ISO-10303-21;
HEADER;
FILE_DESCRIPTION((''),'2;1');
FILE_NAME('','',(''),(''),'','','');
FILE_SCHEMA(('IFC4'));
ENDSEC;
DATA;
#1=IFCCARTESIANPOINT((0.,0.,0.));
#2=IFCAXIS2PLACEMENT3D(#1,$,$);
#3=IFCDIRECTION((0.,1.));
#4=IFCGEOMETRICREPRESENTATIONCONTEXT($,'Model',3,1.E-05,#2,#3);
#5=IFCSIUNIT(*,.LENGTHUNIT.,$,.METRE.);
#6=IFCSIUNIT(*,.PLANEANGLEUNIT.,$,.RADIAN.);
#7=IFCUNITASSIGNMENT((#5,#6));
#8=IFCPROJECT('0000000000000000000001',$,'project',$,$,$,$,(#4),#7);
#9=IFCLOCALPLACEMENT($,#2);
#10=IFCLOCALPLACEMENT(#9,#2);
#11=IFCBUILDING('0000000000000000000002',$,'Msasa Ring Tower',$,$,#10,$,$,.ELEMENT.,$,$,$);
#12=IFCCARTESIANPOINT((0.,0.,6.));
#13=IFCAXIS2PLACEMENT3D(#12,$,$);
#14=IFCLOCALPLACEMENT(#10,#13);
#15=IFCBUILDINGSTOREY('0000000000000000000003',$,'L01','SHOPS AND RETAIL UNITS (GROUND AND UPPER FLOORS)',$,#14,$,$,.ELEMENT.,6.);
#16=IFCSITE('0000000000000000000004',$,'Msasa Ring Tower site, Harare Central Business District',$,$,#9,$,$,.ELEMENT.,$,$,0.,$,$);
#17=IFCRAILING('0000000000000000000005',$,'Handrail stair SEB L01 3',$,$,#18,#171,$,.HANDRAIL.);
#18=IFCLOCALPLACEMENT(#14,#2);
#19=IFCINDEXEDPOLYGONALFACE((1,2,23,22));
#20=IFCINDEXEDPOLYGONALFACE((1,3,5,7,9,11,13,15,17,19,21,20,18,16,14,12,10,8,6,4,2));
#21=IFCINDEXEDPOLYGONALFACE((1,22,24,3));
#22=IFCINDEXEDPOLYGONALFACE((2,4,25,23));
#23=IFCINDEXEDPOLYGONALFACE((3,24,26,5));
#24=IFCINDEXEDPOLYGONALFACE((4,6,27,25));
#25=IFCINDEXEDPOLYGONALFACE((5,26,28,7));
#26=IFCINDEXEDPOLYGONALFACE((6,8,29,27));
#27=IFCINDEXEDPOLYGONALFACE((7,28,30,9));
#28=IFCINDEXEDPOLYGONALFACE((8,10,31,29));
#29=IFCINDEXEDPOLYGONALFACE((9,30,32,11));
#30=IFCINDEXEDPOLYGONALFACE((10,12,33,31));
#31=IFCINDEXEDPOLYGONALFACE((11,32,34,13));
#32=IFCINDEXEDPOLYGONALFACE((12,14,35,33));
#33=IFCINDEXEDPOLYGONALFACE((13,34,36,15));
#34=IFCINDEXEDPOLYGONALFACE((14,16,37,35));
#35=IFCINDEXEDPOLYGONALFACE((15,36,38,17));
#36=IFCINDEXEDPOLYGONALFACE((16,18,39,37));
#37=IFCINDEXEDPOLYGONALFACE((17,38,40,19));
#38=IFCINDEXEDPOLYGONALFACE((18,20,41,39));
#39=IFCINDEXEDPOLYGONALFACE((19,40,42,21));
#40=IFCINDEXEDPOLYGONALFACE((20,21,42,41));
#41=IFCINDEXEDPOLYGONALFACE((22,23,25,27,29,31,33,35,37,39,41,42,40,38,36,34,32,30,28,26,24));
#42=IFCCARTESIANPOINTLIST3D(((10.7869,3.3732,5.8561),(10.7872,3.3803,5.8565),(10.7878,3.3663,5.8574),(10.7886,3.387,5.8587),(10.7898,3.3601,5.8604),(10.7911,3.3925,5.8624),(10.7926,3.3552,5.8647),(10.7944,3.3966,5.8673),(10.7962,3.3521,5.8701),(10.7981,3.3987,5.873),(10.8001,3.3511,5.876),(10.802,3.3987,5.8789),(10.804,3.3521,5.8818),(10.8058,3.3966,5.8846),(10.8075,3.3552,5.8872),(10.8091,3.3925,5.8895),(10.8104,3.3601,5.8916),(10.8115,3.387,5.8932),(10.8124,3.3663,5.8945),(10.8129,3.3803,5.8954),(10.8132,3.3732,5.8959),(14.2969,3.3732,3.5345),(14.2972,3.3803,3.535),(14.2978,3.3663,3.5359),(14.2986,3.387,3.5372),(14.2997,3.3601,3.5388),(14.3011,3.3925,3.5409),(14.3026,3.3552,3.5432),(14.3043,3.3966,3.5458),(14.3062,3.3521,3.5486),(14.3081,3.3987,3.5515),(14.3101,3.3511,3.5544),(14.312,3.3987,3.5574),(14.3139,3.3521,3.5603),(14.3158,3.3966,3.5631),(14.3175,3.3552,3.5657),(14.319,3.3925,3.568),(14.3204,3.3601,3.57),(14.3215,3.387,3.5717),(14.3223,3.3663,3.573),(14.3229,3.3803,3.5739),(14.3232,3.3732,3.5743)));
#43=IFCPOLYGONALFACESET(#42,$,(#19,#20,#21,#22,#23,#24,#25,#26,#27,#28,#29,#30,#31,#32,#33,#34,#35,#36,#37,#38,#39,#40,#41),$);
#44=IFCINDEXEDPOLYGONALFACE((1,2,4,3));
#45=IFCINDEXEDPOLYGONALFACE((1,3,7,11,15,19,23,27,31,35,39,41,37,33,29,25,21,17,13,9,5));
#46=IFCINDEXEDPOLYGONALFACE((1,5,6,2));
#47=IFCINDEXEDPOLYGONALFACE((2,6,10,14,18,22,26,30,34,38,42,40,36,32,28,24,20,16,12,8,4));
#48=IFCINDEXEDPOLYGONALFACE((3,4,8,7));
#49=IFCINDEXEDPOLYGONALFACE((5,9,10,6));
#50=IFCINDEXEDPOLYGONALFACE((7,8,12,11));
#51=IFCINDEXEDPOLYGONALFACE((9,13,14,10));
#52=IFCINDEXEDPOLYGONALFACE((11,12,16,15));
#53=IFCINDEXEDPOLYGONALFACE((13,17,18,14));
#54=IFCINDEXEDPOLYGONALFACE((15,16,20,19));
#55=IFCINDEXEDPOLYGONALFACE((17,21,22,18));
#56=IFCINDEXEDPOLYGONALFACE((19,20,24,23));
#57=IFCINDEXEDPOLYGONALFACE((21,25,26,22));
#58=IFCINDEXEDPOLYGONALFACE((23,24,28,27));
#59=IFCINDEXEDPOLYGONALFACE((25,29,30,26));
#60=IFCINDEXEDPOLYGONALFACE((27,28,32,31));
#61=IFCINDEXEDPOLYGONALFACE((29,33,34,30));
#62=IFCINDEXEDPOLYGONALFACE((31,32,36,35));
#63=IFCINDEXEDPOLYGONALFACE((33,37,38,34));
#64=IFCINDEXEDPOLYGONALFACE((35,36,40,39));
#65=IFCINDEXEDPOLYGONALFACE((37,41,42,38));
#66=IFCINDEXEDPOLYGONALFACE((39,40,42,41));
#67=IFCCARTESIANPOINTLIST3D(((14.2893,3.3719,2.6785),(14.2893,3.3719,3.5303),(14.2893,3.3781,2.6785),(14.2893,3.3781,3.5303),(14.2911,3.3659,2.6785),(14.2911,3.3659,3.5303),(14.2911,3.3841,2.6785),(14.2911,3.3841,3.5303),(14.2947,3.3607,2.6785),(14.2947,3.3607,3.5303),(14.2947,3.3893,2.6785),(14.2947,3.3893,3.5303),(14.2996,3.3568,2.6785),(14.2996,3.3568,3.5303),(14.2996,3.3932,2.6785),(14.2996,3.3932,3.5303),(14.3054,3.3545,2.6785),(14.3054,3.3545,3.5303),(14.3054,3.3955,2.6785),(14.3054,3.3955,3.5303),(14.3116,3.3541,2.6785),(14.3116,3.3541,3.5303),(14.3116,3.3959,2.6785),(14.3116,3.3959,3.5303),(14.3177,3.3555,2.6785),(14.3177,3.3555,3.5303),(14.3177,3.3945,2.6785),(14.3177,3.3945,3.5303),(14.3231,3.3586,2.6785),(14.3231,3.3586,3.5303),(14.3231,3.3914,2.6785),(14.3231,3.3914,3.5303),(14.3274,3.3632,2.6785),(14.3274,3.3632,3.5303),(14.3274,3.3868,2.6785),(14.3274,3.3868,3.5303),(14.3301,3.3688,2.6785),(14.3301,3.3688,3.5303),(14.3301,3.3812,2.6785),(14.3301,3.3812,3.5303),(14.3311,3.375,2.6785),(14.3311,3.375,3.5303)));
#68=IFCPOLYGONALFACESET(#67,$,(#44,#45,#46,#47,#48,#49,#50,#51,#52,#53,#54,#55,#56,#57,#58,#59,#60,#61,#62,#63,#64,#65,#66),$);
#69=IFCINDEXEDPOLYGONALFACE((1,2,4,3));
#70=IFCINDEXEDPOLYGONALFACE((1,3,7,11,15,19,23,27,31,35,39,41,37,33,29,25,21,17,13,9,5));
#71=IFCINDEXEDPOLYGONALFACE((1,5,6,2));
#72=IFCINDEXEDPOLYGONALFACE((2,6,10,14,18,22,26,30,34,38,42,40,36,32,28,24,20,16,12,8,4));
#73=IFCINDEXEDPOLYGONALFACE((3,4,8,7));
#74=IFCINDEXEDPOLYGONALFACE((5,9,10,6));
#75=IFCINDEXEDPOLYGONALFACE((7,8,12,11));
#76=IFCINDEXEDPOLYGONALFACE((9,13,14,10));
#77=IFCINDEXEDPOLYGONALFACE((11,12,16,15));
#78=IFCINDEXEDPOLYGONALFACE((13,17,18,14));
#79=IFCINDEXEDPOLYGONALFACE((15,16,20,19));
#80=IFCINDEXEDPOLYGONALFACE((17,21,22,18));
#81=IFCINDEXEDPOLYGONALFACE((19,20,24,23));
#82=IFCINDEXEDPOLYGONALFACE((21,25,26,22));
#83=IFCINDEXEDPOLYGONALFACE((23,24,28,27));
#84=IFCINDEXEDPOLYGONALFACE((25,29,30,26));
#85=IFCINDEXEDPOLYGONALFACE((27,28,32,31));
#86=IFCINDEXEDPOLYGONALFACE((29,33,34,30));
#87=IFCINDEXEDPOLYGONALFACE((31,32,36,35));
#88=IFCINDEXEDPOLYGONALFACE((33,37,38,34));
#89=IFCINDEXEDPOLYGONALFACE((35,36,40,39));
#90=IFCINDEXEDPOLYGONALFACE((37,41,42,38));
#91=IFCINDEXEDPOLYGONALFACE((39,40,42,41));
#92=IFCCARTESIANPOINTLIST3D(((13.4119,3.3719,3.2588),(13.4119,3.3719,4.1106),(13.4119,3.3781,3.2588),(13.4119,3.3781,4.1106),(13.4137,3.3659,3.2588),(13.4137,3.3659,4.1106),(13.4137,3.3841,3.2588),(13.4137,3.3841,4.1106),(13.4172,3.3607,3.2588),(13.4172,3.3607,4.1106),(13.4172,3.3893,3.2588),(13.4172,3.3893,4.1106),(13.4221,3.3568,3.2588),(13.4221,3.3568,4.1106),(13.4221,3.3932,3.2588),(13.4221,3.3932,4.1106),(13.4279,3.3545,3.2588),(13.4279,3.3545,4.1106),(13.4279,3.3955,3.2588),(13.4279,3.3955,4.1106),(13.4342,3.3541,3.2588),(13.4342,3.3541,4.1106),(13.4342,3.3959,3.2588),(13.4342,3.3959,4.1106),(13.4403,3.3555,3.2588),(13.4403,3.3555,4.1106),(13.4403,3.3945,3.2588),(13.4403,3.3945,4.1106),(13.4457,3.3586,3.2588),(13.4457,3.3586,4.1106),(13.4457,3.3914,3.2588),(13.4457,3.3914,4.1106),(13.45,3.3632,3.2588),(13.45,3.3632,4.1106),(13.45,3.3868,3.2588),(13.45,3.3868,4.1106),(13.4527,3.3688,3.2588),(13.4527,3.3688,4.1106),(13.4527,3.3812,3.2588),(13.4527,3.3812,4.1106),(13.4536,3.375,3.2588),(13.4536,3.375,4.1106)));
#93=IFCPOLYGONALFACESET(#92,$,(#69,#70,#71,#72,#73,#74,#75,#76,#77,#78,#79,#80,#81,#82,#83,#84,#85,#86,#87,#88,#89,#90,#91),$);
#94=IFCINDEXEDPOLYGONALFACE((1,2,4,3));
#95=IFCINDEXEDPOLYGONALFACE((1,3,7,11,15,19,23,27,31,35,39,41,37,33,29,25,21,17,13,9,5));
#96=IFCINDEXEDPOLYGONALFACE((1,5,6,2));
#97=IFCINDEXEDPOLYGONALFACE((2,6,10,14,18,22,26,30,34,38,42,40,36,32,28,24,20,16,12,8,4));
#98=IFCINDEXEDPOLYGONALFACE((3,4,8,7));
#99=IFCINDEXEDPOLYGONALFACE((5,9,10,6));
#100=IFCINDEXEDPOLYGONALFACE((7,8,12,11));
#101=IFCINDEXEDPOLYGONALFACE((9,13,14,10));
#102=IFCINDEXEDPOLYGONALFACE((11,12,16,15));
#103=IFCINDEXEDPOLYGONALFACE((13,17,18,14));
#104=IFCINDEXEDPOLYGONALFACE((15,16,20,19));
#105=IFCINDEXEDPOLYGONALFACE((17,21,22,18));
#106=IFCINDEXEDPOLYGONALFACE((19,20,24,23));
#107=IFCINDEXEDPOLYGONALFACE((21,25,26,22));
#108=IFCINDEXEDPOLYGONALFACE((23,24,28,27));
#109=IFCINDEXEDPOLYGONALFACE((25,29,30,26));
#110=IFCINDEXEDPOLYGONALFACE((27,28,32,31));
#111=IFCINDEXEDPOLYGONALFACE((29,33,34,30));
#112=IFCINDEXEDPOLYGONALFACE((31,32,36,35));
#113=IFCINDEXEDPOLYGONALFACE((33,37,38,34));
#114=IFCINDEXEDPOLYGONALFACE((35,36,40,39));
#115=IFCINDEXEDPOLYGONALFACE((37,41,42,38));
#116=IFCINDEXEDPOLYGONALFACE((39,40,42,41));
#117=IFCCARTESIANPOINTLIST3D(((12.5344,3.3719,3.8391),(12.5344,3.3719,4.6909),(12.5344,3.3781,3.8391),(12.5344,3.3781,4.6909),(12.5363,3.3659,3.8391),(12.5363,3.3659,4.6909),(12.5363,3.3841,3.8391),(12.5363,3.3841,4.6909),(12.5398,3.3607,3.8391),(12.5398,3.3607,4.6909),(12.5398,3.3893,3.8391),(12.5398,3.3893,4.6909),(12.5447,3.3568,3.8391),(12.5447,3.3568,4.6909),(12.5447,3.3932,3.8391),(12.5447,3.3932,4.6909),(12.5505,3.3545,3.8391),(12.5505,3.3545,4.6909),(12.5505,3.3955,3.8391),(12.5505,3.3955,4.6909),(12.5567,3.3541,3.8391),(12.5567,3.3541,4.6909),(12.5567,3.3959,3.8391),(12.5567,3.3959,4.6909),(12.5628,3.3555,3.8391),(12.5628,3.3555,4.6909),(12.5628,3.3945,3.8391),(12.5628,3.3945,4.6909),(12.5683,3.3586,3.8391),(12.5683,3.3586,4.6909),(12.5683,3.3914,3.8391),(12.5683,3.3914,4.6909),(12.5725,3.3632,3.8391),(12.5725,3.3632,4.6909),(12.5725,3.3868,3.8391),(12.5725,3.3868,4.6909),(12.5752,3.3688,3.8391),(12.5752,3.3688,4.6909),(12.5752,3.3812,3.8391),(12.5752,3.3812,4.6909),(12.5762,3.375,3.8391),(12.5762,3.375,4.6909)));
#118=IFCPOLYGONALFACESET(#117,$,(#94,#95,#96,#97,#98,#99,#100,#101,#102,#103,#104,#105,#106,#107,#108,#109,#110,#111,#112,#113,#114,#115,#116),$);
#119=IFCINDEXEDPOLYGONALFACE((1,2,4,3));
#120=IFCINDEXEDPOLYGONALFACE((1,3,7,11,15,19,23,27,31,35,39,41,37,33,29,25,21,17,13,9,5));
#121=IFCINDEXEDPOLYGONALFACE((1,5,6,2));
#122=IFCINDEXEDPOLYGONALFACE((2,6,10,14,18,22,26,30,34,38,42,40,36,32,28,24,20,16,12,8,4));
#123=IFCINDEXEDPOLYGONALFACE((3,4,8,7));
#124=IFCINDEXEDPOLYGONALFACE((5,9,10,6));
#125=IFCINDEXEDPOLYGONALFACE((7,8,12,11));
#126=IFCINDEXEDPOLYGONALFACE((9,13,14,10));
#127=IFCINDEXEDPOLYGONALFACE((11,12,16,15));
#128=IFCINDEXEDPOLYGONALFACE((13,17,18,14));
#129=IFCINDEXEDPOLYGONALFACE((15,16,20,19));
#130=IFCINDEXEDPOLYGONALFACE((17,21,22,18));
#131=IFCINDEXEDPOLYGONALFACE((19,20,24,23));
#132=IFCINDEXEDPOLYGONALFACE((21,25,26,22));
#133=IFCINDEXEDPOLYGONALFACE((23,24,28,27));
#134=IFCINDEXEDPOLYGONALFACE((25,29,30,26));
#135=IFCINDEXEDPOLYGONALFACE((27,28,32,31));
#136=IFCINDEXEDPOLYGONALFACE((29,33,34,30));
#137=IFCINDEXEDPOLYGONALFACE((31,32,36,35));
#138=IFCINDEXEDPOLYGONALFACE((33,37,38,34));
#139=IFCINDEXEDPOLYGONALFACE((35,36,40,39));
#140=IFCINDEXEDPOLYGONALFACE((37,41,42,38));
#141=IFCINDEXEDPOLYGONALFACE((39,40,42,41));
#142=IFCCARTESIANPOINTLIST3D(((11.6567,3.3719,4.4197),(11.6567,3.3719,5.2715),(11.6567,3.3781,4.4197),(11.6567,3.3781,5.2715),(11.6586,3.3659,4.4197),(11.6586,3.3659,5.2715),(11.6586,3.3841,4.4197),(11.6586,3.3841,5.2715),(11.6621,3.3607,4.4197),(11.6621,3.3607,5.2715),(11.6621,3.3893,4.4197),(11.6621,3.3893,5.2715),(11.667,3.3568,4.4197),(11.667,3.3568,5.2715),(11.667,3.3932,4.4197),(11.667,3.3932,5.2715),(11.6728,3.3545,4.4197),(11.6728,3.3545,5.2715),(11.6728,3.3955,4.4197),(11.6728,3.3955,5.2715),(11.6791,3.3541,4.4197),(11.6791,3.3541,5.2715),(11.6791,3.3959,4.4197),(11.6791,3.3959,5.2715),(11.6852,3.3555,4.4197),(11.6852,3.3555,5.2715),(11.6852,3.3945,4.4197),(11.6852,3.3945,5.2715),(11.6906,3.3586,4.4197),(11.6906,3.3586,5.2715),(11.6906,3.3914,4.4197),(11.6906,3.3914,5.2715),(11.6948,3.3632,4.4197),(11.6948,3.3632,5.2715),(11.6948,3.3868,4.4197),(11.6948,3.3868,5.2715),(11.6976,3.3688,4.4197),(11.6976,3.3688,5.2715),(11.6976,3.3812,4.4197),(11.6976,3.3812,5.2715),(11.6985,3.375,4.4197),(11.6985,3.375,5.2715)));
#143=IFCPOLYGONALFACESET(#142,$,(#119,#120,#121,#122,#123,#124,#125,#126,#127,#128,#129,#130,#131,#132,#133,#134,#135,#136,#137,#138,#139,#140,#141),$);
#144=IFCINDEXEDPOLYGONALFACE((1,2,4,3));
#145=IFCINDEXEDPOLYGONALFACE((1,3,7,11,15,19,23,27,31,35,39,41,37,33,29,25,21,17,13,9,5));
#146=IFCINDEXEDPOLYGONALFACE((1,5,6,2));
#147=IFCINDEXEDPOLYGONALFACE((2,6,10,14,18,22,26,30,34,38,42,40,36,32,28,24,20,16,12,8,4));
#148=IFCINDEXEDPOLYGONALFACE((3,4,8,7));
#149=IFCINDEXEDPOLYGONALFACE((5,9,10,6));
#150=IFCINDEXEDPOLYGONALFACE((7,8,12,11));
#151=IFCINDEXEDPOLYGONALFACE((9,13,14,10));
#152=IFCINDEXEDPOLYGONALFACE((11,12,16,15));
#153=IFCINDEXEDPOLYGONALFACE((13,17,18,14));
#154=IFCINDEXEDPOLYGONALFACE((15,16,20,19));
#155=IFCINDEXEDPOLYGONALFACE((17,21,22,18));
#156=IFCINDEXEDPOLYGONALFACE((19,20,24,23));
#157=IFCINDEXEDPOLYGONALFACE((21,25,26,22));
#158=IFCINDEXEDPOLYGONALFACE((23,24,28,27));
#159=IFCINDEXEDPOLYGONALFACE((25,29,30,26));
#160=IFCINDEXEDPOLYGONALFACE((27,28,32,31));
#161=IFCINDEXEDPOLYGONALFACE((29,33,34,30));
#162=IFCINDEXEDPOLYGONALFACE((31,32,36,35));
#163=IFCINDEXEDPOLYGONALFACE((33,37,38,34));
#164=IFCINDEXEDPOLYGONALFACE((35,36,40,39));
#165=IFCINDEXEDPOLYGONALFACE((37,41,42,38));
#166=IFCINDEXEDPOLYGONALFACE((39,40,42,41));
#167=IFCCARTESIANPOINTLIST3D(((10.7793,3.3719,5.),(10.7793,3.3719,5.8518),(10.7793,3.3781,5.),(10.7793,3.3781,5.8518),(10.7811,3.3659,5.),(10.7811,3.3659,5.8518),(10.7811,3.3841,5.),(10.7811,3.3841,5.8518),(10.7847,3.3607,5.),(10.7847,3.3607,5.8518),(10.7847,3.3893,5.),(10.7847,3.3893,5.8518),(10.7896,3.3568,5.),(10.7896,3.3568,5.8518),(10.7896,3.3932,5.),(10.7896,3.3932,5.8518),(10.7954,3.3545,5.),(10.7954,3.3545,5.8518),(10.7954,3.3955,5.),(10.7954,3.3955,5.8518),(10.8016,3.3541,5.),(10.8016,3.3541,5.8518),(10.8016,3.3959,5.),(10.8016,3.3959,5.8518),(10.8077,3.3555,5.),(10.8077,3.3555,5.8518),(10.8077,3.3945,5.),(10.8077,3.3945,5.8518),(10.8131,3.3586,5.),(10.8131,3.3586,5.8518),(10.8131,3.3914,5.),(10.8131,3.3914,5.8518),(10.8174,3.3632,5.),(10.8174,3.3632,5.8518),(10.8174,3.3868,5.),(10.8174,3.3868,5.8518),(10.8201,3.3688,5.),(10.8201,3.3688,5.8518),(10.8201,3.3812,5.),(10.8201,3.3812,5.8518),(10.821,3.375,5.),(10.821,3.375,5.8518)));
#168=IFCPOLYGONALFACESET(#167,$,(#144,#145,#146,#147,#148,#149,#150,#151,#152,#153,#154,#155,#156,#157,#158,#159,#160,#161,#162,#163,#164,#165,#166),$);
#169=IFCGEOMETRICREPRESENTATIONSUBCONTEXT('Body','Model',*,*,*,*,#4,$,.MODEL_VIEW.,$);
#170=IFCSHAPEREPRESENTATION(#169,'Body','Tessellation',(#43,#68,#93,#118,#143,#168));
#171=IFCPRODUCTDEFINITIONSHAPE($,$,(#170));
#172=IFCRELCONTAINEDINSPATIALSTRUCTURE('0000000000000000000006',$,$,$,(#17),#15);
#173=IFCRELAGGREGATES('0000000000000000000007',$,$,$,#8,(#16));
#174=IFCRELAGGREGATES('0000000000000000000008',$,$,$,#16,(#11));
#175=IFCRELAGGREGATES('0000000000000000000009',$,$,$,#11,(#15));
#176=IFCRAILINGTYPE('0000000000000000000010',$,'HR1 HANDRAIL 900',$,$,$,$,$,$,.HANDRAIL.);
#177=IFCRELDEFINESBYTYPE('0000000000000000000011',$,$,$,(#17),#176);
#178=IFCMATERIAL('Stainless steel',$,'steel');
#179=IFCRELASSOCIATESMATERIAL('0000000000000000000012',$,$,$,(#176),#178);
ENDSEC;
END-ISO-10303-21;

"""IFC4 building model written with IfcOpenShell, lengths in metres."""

from ifc_helpers import new_model, si_unit, direction, frame, origin, origin_2d, place, context, subcontext, project, spatial, circle, extrude, material, type_object, element, save


model = new_model("IFC4")

# Units and contexts
model_context = context("Model", 3, precision=1e-05, world=origin(), true_north=direction((0.0, 1.0)))
body_context = subcontext(model_context, "Body", "Model", "MODEL_VIEW")
ifc_project = project(units=[si_unit("LENGTHUNIT", "METRE"), si_unit("PLANEANGLEUNIT", "RADIAN")], contexts=[model_context])

# Site, building, storey
site_placement = place(None, origin())
site = spatial("IfcSite", under=ifc_project, at=site_placement, Name="Msasa Ring Tower site, Harare Central Business District", CompositionType="ELEMENT", RefElevation=0.0)
building_placement = place(site_placement, origin())
building = spatial("IfcBuilding", under=site, at=building_placement, Name="Msasa Ring Tower", CompositionType="ELEMENT")
storey_placement = place(building_placement, frame((0.0, 0.0, 6.0)))
storey = spatial("IfcBuildingStorey", under=building, at=storey_placement, Name="L01", Description="SHOPS AND RETAIL UNITS (GROUND AND UPPER FLOORS)", CompositionType="ELEMENT", Elevation=6.0)

# Railing
ifc_material_1 = material(Name="Stainless steel", Category="steel")
railing_type = type_object("IfcRailingType", Name="HR1 HANDRAIL 900", PredefinedType="HANDRAIL", material=ifc_material_1)
for number, where, name in (
    (1, (14.3101, 3.375, 2.6785), "Handrail stair SEB L01 3"),
):
    element("IfcRailing", number, at=place(storey_placement, frame(where)), inside=storey, type_object=railing_type, Name=name, PredefinedType="HANDRAIL", context=body_context, shape_type="SweptSolid", body=[
        extrude(circle(Radius=0.0239, at=origin_2d()), frame((0.0, 0.0, 0.876), z_axis=(-0.834071, 0.0, 0.551657), x_axis=(0.0, -1.0, 0.0)), (0.0, 0.0, 1.0), 4.2083),
        extrude(circle(Radius=0.021, at=origin_2d()), origin(), (0.0, 0.0, 1.0), 0.8518),
        extrude(circle(Radius=0.021, at=origin_2d()), frame((-0.8774, 0.0, 0.5803)), (0.0, 0.0, 1.0), 0.8518),
        extrude(circle(Radius=0.021, at=origin_2d()), frame((-1.7549, 0.0, 1.1606)), (0.0, 0.0, 1.0), 0.8518),
        extrude(circle(Radius=0.021, at=origin_2d()), frame((-2.6326, 0.0, 1.7412)), (0.0, 0.0, 1.0), 0.8518),
        extrude(circle(Radius=0.021, at=origin_2d()), frame((-3.51, 0.0, 2.3215)), (0.0, 0.0, 1.0), 0.8518),
    ])

save(model, "model.ifc")
